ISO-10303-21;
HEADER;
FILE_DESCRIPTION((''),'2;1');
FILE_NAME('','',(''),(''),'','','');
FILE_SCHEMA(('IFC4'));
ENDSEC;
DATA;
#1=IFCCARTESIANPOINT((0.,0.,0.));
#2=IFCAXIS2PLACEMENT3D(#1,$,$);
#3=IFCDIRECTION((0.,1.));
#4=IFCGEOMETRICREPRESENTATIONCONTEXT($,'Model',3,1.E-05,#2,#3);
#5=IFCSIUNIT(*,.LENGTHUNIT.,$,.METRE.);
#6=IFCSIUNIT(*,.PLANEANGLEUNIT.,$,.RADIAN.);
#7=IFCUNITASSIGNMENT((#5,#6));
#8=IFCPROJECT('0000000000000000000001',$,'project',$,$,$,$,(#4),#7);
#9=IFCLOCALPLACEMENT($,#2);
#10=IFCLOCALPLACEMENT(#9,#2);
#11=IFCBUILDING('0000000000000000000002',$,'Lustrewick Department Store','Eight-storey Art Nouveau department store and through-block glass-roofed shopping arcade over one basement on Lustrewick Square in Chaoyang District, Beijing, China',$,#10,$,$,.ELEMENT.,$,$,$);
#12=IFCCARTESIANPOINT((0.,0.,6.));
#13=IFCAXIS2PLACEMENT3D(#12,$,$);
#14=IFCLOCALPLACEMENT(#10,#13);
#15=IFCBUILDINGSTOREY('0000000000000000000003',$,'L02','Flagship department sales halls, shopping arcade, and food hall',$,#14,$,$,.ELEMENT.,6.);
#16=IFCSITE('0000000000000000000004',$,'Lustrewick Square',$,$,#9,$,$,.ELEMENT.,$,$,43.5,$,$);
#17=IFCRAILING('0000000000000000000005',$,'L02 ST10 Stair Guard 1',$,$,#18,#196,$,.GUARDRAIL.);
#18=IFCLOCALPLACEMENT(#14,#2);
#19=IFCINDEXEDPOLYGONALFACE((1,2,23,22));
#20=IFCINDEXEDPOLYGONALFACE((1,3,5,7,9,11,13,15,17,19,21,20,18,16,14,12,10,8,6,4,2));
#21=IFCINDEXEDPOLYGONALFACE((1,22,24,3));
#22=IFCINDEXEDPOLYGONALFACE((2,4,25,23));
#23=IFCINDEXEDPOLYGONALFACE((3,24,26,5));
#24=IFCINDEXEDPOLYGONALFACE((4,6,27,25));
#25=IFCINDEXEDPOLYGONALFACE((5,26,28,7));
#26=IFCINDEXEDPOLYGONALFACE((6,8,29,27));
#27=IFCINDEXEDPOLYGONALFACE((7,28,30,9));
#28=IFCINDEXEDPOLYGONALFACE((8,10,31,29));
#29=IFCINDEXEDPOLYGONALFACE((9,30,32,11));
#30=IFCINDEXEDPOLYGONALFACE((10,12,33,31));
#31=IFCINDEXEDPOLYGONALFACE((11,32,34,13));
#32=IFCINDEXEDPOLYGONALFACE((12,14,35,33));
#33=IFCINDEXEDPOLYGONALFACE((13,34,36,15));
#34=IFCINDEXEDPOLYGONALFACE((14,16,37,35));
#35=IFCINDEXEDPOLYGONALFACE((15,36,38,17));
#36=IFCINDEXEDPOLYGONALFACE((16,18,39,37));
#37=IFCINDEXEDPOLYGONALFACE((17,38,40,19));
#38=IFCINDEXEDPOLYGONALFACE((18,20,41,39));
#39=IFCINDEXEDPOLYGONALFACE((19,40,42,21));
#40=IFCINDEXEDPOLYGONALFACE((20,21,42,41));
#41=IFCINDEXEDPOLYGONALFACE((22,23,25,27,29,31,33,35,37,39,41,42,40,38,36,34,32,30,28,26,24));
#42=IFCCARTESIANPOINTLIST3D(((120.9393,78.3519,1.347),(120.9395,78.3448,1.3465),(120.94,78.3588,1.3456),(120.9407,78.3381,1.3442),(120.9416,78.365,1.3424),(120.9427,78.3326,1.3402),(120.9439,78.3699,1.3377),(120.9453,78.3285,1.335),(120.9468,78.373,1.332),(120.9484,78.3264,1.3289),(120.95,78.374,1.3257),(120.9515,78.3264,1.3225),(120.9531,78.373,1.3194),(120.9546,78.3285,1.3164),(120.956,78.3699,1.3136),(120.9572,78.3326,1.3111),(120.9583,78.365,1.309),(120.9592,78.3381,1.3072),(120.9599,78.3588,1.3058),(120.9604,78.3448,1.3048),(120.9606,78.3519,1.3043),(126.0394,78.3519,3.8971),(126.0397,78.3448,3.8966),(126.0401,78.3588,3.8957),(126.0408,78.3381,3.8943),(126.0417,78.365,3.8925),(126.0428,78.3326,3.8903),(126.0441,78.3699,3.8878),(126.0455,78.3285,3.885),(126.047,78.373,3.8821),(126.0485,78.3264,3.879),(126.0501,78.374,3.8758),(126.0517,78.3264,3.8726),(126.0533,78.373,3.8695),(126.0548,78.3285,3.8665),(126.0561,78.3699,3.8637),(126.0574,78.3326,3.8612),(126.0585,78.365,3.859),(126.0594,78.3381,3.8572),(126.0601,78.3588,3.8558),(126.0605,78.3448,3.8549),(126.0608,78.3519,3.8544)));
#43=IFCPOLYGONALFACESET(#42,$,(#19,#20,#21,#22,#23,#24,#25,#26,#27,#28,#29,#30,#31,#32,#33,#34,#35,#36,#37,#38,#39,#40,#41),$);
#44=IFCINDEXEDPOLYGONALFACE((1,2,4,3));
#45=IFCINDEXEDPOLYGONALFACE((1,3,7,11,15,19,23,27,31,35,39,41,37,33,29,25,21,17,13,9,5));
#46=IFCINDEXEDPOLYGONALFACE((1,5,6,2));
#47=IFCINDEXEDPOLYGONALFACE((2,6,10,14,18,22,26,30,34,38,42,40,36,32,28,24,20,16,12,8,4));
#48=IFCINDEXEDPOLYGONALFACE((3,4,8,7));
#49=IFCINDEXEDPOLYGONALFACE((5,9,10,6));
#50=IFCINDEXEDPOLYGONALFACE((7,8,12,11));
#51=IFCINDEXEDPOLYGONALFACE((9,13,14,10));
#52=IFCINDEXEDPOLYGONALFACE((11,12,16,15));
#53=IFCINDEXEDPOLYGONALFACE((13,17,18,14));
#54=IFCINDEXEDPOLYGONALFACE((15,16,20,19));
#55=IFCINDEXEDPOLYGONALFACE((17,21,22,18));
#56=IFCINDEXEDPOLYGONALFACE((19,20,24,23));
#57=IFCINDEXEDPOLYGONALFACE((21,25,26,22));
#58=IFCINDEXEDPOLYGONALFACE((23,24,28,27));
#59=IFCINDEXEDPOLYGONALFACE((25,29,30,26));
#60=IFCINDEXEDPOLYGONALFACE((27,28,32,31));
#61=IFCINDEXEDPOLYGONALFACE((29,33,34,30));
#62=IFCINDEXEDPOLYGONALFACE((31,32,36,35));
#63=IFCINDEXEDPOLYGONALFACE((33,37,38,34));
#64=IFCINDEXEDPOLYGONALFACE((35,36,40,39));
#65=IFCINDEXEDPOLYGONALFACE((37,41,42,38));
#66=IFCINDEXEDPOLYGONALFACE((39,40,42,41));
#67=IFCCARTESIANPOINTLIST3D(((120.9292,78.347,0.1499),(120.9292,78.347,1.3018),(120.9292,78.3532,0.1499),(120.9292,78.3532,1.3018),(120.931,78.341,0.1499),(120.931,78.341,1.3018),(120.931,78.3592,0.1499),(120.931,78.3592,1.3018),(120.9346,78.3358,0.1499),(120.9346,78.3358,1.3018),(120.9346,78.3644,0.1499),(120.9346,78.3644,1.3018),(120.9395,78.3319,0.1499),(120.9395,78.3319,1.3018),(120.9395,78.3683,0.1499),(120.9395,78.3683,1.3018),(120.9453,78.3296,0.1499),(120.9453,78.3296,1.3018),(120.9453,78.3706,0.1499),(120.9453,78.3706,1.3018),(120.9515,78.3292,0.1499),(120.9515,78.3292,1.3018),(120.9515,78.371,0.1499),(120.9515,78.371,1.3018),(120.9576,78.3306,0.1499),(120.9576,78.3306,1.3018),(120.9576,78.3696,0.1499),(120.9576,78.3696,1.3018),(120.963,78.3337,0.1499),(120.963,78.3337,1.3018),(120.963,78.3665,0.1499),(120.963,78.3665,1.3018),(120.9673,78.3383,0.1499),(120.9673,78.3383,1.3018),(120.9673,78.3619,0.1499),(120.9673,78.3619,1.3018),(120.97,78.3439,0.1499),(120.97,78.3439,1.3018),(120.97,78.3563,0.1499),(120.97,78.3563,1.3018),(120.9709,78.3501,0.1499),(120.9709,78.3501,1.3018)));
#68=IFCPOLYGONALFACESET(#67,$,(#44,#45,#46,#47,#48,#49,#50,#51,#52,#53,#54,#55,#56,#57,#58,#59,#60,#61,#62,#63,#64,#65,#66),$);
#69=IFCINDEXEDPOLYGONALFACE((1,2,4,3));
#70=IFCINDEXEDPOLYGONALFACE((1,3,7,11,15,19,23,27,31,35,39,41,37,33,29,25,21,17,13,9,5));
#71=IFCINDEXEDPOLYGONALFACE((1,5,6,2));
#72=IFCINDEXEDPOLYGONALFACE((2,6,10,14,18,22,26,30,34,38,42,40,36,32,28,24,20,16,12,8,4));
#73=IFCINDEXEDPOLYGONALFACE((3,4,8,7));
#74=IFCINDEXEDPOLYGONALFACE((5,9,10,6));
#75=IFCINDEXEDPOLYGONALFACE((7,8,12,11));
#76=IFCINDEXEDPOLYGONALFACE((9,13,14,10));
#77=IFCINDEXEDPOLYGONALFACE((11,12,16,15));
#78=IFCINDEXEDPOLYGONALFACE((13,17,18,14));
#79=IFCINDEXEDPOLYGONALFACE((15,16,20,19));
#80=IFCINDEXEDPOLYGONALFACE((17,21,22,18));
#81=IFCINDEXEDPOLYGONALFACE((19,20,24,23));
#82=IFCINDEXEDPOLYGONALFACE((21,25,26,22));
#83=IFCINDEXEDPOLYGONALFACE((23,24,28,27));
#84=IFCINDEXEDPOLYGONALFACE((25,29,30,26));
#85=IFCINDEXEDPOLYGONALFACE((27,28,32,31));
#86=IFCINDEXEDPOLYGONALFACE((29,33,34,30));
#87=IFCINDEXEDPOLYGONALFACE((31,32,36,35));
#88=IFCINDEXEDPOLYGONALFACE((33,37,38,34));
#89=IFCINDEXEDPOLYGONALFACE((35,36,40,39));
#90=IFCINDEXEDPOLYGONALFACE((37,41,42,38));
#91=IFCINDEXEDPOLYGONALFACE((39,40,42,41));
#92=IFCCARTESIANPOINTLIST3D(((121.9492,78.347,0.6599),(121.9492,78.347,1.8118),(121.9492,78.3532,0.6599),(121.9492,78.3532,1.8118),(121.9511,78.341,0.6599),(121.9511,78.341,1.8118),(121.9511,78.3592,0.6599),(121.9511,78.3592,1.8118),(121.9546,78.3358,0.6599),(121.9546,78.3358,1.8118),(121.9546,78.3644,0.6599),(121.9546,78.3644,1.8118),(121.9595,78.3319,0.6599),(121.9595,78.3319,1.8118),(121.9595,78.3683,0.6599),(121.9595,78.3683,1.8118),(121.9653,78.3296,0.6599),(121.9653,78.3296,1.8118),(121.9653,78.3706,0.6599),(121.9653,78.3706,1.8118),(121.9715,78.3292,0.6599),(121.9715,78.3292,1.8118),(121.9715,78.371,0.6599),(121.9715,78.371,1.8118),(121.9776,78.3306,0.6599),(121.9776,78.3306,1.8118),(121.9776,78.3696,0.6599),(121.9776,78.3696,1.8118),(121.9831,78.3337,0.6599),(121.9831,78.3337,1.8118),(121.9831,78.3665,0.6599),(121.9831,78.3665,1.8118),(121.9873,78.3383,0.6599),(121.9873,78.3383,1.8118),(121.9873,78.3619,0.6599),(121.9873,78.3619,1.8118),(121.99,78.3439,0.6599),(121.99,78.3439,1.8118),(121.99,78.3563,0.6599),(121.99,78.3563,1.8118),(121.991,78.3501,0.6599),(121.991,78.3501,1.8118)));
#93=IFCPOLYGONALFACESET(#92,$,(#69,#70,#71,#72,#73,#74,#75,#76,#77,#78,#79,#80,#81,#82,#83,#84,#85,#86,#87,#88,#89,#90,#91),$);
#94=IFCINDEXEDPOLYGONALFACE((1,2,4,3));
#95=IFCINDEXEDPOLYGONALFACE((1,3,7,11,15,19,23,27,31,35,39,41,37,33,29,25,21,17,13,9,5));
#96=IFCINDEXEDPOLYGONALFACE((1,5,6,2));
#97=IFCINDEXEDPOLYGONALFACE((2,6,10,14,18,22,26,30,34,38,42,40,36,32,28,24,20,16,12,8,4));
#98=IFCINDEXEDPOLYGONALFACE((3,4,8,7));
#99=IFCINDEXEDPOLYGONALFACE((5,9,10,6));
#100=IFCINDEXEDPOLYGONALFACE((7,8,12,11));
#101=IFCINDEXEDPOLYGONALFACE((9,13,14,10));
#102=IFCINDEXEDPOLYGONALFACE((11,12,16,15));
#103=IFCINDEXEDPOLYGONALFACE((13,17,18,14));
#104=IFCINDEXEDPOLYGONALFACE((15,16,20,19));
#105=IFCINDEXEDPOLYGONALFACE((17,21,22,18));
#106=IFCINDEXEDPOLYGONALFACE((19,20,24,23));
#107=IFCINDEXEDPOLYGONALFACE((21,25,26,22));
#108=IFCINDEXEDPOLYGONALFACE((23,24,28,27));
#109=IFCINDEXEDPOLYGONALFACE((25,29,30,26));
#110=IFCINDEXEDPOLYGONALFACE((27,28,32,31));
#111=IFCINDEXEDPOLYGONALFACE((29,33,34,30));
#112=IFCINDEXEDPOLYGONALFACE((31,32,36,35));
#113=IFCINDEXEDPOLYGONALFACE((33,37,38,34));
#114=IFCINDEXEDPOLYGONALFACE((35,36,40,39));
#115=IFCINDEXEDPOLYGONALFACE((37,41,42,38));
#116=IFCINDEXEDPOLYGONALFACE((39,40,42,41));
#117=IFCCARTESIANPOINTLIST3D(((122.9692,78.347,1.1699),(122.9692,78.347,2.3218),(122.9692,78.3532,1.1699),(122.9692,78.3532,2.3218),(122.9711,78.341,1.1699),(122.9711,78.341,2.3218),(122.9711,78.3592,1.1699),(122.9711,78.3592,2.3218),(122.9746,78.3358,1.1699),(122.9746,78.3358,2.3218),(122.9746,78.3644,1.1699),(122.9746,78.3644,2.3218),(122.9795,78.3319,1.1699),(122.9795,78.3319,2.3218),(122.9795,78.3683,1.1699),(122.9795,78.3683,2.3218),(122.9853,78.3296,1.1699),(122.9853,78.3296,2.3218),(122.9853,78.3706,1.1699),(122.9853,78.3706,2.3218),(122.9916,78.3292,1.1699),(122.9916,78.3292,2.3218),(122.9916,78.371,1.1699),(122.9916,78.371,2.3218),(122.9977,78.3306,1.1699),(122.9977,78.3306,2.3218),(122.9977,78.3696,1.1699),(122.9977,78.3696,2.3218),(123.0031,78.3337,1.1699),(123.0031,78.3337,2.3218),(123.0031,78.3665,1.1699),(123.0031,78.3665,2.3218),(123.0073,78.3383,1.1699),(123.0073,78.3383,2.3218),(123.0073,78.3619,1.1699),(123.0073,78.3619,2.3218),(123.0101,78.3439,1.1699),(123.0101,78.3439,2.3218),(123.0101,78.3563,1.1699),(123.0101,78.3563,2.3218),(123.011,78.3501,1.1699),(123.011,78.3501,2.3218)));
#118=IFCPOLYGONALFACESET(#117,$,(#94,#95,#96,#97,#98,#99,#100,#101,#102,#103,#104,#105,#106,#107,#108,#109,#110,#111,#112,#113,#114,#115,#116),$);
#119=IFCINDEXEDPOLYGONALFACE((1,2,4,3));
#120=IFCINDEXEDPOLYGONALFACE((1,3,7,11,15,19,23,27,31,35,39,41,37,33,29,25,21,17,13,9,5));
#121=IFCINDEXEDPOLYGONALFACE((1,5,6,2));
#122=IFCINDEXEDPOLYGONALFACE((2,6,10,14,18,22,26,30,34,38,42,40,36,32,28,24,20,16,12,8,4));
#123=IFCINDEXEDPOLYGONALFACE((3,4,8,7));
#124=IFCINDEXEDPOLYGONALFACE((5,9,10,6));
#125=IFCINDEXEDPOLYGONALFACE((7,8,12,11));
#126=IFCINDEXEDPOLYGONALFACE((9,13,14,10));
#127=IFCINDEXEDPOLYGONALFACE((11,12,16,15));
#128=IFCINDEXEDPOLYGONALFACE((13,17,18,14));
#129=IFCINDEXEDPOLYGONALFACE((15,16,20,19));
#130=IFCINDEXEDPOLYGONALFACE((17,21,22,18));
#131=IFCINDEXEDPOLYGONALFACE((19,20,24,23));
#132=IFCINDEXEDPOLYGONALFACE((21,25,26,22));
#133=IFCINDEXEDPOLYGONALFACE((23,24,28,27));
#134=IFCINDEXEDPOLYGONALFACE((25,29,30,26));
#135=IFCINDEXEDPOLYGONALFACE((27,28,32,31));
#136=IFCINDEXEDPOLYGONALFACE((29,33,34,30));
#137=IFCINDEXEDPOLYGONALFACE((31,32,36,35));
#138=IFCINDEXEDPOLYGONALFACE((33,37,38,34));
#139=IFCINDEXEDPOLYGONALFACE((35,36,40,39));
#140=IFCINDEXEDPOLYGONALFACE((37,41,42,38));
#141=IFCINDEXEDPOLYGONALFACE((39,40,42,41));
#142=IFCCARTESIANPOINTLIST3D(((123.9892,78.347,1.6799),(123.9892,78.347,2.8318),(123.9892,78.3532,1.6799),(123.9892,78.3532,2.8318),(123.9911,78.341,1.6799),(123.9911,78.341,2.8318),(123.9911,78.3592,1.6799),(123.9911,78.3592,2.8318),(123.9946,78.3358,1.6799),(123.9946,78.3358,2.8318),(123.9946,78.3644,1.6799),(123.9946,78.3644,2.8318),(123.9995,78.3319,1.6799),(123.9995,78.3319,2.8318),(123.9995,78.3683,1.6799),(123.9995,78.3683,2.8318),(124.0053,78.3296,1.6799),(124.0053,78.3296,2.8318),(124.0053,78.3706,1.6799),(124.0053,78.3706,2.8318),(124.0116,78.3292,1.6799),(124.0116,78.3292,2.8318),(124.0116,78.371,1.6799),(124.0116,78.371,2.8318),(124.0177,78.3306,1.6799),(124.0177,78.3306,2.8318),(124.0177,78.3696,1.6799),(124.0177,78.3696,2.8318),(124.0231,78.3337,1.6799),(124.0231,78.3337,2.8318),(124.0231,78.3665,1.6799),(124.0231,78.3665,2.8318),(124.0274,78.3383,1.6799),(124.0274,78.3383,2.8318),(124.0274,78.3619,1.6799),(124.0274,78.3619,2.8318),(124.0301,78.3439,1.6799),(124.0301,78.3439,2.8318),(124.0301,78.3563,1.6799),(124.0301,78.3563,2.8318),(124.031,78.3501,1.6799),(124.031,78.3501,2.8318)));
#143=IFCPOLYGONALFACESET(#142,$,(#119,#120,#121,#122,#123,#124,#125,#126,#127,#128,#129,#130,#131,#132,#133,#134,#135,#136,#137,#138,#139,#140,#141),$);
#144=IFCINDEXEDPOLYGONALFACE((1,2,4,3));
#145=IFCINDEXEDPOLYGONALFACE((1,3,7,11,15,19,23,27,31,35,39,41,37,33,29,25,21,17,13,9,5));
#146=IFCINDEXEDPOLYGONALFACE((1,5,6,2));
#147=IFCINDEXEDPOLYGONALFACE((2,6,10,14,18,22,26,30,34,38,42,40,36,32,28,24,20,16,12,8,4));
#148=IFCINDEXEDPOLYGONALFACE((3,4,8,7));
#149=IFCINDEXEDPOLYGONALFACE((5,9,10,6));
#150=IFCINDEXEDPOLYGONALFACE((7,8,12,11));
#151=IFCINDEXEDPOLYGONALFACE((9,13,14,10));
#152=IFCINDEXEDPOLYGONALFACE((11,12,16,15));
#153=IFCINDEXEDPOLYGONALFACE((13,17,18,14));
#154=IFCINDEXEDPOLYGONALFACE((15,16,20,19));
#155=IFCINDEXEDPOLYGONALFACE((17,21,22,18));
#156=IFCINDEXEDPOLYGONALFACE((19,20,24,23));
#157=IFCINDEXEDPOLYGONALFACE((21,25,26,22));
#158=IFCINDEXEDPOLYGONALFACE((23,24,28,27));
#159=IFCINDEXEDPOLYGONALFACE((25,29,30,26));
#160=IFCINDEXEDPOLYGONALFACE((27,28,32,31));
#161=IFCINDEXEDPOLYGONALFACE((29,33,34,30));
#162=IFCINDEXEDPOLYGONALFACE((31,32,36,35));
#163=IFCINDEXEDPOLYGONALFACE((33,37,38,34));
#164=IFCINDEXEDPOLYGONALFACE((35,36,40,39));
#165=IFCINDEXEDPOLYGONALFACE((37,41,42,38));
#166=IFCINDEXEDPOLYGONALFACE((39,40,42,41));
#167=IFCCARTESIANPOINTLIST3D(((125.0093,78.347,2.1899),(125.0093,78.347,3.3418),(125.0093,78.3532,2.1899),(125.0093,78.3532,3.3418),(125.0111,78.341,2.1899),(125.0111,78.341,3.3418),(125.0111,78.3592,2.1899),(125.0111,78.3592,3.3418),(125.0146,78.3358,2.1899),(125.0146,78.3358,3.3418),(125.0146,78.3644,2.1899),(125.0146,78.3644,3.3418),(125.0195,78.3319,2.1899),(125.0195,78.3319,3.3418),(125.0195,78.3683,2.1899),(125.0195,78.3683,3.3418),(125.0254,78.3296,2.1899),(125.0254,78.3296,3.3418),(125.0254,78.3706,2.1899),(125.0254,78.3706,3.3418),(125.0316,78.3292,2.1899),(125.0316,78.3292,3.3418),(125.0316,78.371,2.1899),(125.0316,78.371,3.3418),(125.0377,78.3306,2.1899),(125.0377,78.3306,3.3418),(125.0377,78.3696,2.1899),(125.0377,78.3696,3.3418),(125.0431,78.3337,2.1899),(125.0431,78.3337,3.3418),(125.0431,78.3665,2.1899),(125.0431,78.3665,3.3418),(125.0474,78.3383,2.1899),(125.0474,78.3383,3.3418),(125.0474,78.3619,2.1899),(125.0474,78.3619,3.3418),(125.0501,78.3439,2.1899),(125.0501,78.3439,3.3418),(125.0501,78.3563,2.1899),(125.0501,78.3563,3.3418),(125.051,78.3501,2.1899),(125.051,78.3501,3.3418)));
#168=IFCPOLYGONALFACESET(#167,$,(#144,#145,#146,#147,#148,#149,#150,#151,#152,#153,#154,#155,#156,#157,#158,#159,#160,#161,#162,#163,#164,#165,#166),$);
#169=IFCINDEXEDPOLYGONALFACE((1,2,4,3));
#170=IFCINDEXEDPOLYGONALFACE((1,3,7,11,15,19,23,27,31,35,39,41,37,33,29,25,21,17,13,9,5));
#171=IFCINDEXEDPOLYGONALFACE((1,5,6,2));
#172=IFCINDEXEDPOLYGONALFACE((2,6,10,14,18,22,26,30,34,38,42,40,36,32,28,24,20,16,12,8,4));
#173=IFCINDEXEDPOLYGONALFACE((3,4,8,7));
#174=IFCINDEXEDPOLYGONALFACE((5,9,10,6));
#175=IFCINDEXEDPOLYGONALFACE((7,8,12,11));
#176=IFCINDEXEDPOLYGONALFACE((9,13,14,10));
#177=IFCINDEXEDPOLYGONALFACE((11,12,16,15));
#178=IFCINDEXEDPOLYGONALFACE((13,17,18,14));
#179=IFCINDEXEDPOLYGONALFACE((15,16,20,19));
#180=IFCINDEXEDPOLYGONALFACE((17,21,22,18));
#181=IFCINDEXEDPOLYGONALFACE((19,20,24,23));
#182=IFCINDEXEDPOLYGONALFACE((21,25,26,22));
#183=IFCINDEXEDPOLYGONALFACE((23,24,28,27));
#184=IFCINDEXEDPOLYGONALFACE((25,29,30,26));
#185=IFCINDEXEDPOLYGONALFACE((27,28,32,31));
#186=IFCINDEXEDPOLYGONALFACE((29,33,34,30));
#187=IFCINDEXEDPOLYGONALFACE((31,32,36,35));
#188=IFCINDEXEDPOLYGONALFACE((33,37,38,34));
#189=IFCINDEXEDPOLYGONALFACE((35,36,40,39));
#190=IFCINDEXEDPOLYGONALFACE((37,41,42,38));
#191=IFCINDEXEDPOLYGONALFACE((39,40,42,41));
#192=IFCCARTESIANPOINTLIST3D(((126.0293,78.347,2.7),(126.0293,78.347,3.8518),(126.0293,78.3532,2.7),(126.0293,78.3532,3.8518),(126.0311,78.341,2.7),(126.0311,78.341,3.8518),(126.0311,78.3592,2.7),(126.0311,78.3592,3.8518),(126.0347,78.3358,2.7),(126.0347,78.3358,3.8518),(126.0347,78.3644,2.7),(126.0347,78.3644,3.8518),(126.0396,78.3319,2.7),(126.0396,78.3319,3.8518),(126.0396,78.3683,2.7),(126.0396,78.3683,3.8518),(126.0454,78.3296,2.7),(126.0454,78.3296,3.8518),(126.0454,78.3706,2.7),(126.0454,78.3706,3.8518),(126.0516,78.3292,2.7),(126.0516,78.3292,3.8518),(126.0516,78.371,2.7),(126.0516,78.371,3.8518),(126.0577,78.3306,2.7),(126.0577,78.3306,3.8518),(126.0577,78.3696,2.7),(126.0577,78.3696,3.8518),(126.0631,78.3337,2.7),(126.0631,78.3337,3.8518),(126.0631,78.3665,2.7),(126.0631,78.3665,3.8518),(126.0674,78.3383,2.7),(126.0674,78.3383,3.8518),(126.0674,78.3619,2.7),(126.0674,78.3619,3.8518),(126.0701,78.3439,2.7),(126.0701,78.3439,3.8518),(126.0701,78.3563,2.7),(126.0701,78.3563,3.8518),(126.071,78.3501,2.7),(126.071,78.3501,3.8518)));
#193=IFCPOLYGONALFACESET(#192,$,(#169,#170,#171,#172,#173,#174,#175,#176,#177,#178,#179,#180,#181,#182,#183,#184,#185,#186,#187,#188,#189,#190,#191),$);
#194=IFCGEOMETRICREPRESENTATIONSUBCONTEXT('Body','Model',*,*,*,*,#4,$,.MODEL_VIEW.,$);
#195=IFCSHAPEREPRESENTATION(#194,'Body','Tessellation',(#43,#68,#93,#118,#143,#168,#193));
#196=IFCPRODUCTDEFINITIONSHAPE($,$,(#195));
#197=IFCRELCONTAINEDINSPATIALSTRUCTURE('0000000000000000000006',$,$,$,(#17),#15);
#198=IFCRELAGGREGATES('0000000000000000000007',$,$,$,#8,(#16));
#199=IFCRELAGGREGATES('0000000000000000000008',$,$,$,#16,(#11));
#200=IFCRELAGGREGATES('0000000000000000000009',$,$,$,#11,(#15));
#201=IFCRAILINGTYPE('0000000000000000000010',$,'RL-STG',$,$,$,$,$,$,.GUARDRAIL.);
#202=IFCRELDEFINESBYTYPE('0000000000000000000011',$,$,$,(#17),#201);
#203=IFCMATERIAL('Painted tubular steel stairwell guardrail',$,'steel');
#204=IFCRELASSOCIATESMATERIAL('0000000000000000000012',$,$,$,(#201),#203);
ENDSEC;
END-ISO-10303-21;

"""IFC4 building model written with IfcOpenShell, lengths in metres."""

from ifc_helpers import new_model, si_unit, direction, frame, origin, origin_2d, place, context, subcontext, project, spatial, circle, extrude, material, type_object, element, save


model = new_model("IFC4")

# Units and contexts
model_context = context("Model", 3, precision=1e-05, world=origin(), true_north=direction((0.0, 1.0)))
body_context = subcontext(model_context, "Body", "Model", "MODEL_VIEW")
ifc_project = project(units=[si_unit("LENGTHUNIT", "METRE"), si_unit("PLANEANGLEUNIT", "RADIAN")], contexts=[model_context])

# Site, building, storey
site_placement = place(None, origin())
site = spatial("IfcSite", under=ifc_project, at=site_placement, Name="Lustrewick Square", CompositionType="ELEMENT", RefElevation=43.5)
building_placement = place(site_placement, origin())
building = spatial("IfcBuilding", under=site, at=building_placement, Name="Lustrewick Department Store", Description="Eight-storey Art Nouveau department store and through-block glass-roofed shopping arcade over one basement on Lustrewick Square in Chaoyang District, Beijing, China", CompositionType="ELEMENT")
storey_placement = place(building_placement, frame((0.0, 0.0, 6.0)))
storey = spatial("IfcBuildingStorey", under=building, at=storey_placement, Name="L02", Description="Flagship department sales halls, shopping arcade, and food hall", CompositionType="ELEMENT", Elevation=6.0)

# Railing
ifc_material_1 = material(Name="Painted tubular steel stairwell guardrail", Category="steel")
railing_type_1 = type_object("IfcRailingType", Name="RL-STG", PredefinedType="GUARDRAIL", material=ifc_material_1)
railing_1_placement = place(storey_placement, frame((120.95, 78.3501, 0.1499)))
element("IfcRailing", 1, at=railing_1_placement, inside=storey, type_object=railing_type_1, Name="L02 ST10 Stair Guard 1", PredefinedType="GUARDRAIL", context=body_context, shape_type="SweptSolid", body=[
    extrude(circle(Radius=0.0239, at=origin_2d()), frame((0.0, 0.0, 1.1758), z_axis=(0.894427, 0.0, 0.447214), x_axis=(0.0, 1.0, 0.0)), (0.0, 0.0, 1.0), 5.7021),
    extrude(circle(Radius=0.021, at=origin_2d()), origin(), (0.0, 0.0, 1.0), 1.1519),
    extrude(circle(Radius=0.021, at=origin_2d()), frame((1.02, 0.0, 0.51)), (0.0, 0.0, 1.0), 1.1519),
    extrude(circle(Radius=0.021, at=origin_2d()), frame((2.04, 0.0, 1.02)), (0.0, 0.0, 1.0), 1.1519),
    extrude(circle(Radius=0.021, at=origin_2d()), frame((3.0601, 0.0, 1.53)), (0.0, 0.0, 1.0), 1.1519),
    extrude(circle(Radius=0.021, at=origin_2d()), frame((4.0801, 0.0, 2.04)), (0.0, 0.0, 1.0), 1.1519),
    extrude(circle(Radius=0.021, at=origin_2d()), frame((5.1001, 0.0, 2.55)), (0.0, 0.0, 1.0), 1.1519),
])

save(model, "model.ifc")
